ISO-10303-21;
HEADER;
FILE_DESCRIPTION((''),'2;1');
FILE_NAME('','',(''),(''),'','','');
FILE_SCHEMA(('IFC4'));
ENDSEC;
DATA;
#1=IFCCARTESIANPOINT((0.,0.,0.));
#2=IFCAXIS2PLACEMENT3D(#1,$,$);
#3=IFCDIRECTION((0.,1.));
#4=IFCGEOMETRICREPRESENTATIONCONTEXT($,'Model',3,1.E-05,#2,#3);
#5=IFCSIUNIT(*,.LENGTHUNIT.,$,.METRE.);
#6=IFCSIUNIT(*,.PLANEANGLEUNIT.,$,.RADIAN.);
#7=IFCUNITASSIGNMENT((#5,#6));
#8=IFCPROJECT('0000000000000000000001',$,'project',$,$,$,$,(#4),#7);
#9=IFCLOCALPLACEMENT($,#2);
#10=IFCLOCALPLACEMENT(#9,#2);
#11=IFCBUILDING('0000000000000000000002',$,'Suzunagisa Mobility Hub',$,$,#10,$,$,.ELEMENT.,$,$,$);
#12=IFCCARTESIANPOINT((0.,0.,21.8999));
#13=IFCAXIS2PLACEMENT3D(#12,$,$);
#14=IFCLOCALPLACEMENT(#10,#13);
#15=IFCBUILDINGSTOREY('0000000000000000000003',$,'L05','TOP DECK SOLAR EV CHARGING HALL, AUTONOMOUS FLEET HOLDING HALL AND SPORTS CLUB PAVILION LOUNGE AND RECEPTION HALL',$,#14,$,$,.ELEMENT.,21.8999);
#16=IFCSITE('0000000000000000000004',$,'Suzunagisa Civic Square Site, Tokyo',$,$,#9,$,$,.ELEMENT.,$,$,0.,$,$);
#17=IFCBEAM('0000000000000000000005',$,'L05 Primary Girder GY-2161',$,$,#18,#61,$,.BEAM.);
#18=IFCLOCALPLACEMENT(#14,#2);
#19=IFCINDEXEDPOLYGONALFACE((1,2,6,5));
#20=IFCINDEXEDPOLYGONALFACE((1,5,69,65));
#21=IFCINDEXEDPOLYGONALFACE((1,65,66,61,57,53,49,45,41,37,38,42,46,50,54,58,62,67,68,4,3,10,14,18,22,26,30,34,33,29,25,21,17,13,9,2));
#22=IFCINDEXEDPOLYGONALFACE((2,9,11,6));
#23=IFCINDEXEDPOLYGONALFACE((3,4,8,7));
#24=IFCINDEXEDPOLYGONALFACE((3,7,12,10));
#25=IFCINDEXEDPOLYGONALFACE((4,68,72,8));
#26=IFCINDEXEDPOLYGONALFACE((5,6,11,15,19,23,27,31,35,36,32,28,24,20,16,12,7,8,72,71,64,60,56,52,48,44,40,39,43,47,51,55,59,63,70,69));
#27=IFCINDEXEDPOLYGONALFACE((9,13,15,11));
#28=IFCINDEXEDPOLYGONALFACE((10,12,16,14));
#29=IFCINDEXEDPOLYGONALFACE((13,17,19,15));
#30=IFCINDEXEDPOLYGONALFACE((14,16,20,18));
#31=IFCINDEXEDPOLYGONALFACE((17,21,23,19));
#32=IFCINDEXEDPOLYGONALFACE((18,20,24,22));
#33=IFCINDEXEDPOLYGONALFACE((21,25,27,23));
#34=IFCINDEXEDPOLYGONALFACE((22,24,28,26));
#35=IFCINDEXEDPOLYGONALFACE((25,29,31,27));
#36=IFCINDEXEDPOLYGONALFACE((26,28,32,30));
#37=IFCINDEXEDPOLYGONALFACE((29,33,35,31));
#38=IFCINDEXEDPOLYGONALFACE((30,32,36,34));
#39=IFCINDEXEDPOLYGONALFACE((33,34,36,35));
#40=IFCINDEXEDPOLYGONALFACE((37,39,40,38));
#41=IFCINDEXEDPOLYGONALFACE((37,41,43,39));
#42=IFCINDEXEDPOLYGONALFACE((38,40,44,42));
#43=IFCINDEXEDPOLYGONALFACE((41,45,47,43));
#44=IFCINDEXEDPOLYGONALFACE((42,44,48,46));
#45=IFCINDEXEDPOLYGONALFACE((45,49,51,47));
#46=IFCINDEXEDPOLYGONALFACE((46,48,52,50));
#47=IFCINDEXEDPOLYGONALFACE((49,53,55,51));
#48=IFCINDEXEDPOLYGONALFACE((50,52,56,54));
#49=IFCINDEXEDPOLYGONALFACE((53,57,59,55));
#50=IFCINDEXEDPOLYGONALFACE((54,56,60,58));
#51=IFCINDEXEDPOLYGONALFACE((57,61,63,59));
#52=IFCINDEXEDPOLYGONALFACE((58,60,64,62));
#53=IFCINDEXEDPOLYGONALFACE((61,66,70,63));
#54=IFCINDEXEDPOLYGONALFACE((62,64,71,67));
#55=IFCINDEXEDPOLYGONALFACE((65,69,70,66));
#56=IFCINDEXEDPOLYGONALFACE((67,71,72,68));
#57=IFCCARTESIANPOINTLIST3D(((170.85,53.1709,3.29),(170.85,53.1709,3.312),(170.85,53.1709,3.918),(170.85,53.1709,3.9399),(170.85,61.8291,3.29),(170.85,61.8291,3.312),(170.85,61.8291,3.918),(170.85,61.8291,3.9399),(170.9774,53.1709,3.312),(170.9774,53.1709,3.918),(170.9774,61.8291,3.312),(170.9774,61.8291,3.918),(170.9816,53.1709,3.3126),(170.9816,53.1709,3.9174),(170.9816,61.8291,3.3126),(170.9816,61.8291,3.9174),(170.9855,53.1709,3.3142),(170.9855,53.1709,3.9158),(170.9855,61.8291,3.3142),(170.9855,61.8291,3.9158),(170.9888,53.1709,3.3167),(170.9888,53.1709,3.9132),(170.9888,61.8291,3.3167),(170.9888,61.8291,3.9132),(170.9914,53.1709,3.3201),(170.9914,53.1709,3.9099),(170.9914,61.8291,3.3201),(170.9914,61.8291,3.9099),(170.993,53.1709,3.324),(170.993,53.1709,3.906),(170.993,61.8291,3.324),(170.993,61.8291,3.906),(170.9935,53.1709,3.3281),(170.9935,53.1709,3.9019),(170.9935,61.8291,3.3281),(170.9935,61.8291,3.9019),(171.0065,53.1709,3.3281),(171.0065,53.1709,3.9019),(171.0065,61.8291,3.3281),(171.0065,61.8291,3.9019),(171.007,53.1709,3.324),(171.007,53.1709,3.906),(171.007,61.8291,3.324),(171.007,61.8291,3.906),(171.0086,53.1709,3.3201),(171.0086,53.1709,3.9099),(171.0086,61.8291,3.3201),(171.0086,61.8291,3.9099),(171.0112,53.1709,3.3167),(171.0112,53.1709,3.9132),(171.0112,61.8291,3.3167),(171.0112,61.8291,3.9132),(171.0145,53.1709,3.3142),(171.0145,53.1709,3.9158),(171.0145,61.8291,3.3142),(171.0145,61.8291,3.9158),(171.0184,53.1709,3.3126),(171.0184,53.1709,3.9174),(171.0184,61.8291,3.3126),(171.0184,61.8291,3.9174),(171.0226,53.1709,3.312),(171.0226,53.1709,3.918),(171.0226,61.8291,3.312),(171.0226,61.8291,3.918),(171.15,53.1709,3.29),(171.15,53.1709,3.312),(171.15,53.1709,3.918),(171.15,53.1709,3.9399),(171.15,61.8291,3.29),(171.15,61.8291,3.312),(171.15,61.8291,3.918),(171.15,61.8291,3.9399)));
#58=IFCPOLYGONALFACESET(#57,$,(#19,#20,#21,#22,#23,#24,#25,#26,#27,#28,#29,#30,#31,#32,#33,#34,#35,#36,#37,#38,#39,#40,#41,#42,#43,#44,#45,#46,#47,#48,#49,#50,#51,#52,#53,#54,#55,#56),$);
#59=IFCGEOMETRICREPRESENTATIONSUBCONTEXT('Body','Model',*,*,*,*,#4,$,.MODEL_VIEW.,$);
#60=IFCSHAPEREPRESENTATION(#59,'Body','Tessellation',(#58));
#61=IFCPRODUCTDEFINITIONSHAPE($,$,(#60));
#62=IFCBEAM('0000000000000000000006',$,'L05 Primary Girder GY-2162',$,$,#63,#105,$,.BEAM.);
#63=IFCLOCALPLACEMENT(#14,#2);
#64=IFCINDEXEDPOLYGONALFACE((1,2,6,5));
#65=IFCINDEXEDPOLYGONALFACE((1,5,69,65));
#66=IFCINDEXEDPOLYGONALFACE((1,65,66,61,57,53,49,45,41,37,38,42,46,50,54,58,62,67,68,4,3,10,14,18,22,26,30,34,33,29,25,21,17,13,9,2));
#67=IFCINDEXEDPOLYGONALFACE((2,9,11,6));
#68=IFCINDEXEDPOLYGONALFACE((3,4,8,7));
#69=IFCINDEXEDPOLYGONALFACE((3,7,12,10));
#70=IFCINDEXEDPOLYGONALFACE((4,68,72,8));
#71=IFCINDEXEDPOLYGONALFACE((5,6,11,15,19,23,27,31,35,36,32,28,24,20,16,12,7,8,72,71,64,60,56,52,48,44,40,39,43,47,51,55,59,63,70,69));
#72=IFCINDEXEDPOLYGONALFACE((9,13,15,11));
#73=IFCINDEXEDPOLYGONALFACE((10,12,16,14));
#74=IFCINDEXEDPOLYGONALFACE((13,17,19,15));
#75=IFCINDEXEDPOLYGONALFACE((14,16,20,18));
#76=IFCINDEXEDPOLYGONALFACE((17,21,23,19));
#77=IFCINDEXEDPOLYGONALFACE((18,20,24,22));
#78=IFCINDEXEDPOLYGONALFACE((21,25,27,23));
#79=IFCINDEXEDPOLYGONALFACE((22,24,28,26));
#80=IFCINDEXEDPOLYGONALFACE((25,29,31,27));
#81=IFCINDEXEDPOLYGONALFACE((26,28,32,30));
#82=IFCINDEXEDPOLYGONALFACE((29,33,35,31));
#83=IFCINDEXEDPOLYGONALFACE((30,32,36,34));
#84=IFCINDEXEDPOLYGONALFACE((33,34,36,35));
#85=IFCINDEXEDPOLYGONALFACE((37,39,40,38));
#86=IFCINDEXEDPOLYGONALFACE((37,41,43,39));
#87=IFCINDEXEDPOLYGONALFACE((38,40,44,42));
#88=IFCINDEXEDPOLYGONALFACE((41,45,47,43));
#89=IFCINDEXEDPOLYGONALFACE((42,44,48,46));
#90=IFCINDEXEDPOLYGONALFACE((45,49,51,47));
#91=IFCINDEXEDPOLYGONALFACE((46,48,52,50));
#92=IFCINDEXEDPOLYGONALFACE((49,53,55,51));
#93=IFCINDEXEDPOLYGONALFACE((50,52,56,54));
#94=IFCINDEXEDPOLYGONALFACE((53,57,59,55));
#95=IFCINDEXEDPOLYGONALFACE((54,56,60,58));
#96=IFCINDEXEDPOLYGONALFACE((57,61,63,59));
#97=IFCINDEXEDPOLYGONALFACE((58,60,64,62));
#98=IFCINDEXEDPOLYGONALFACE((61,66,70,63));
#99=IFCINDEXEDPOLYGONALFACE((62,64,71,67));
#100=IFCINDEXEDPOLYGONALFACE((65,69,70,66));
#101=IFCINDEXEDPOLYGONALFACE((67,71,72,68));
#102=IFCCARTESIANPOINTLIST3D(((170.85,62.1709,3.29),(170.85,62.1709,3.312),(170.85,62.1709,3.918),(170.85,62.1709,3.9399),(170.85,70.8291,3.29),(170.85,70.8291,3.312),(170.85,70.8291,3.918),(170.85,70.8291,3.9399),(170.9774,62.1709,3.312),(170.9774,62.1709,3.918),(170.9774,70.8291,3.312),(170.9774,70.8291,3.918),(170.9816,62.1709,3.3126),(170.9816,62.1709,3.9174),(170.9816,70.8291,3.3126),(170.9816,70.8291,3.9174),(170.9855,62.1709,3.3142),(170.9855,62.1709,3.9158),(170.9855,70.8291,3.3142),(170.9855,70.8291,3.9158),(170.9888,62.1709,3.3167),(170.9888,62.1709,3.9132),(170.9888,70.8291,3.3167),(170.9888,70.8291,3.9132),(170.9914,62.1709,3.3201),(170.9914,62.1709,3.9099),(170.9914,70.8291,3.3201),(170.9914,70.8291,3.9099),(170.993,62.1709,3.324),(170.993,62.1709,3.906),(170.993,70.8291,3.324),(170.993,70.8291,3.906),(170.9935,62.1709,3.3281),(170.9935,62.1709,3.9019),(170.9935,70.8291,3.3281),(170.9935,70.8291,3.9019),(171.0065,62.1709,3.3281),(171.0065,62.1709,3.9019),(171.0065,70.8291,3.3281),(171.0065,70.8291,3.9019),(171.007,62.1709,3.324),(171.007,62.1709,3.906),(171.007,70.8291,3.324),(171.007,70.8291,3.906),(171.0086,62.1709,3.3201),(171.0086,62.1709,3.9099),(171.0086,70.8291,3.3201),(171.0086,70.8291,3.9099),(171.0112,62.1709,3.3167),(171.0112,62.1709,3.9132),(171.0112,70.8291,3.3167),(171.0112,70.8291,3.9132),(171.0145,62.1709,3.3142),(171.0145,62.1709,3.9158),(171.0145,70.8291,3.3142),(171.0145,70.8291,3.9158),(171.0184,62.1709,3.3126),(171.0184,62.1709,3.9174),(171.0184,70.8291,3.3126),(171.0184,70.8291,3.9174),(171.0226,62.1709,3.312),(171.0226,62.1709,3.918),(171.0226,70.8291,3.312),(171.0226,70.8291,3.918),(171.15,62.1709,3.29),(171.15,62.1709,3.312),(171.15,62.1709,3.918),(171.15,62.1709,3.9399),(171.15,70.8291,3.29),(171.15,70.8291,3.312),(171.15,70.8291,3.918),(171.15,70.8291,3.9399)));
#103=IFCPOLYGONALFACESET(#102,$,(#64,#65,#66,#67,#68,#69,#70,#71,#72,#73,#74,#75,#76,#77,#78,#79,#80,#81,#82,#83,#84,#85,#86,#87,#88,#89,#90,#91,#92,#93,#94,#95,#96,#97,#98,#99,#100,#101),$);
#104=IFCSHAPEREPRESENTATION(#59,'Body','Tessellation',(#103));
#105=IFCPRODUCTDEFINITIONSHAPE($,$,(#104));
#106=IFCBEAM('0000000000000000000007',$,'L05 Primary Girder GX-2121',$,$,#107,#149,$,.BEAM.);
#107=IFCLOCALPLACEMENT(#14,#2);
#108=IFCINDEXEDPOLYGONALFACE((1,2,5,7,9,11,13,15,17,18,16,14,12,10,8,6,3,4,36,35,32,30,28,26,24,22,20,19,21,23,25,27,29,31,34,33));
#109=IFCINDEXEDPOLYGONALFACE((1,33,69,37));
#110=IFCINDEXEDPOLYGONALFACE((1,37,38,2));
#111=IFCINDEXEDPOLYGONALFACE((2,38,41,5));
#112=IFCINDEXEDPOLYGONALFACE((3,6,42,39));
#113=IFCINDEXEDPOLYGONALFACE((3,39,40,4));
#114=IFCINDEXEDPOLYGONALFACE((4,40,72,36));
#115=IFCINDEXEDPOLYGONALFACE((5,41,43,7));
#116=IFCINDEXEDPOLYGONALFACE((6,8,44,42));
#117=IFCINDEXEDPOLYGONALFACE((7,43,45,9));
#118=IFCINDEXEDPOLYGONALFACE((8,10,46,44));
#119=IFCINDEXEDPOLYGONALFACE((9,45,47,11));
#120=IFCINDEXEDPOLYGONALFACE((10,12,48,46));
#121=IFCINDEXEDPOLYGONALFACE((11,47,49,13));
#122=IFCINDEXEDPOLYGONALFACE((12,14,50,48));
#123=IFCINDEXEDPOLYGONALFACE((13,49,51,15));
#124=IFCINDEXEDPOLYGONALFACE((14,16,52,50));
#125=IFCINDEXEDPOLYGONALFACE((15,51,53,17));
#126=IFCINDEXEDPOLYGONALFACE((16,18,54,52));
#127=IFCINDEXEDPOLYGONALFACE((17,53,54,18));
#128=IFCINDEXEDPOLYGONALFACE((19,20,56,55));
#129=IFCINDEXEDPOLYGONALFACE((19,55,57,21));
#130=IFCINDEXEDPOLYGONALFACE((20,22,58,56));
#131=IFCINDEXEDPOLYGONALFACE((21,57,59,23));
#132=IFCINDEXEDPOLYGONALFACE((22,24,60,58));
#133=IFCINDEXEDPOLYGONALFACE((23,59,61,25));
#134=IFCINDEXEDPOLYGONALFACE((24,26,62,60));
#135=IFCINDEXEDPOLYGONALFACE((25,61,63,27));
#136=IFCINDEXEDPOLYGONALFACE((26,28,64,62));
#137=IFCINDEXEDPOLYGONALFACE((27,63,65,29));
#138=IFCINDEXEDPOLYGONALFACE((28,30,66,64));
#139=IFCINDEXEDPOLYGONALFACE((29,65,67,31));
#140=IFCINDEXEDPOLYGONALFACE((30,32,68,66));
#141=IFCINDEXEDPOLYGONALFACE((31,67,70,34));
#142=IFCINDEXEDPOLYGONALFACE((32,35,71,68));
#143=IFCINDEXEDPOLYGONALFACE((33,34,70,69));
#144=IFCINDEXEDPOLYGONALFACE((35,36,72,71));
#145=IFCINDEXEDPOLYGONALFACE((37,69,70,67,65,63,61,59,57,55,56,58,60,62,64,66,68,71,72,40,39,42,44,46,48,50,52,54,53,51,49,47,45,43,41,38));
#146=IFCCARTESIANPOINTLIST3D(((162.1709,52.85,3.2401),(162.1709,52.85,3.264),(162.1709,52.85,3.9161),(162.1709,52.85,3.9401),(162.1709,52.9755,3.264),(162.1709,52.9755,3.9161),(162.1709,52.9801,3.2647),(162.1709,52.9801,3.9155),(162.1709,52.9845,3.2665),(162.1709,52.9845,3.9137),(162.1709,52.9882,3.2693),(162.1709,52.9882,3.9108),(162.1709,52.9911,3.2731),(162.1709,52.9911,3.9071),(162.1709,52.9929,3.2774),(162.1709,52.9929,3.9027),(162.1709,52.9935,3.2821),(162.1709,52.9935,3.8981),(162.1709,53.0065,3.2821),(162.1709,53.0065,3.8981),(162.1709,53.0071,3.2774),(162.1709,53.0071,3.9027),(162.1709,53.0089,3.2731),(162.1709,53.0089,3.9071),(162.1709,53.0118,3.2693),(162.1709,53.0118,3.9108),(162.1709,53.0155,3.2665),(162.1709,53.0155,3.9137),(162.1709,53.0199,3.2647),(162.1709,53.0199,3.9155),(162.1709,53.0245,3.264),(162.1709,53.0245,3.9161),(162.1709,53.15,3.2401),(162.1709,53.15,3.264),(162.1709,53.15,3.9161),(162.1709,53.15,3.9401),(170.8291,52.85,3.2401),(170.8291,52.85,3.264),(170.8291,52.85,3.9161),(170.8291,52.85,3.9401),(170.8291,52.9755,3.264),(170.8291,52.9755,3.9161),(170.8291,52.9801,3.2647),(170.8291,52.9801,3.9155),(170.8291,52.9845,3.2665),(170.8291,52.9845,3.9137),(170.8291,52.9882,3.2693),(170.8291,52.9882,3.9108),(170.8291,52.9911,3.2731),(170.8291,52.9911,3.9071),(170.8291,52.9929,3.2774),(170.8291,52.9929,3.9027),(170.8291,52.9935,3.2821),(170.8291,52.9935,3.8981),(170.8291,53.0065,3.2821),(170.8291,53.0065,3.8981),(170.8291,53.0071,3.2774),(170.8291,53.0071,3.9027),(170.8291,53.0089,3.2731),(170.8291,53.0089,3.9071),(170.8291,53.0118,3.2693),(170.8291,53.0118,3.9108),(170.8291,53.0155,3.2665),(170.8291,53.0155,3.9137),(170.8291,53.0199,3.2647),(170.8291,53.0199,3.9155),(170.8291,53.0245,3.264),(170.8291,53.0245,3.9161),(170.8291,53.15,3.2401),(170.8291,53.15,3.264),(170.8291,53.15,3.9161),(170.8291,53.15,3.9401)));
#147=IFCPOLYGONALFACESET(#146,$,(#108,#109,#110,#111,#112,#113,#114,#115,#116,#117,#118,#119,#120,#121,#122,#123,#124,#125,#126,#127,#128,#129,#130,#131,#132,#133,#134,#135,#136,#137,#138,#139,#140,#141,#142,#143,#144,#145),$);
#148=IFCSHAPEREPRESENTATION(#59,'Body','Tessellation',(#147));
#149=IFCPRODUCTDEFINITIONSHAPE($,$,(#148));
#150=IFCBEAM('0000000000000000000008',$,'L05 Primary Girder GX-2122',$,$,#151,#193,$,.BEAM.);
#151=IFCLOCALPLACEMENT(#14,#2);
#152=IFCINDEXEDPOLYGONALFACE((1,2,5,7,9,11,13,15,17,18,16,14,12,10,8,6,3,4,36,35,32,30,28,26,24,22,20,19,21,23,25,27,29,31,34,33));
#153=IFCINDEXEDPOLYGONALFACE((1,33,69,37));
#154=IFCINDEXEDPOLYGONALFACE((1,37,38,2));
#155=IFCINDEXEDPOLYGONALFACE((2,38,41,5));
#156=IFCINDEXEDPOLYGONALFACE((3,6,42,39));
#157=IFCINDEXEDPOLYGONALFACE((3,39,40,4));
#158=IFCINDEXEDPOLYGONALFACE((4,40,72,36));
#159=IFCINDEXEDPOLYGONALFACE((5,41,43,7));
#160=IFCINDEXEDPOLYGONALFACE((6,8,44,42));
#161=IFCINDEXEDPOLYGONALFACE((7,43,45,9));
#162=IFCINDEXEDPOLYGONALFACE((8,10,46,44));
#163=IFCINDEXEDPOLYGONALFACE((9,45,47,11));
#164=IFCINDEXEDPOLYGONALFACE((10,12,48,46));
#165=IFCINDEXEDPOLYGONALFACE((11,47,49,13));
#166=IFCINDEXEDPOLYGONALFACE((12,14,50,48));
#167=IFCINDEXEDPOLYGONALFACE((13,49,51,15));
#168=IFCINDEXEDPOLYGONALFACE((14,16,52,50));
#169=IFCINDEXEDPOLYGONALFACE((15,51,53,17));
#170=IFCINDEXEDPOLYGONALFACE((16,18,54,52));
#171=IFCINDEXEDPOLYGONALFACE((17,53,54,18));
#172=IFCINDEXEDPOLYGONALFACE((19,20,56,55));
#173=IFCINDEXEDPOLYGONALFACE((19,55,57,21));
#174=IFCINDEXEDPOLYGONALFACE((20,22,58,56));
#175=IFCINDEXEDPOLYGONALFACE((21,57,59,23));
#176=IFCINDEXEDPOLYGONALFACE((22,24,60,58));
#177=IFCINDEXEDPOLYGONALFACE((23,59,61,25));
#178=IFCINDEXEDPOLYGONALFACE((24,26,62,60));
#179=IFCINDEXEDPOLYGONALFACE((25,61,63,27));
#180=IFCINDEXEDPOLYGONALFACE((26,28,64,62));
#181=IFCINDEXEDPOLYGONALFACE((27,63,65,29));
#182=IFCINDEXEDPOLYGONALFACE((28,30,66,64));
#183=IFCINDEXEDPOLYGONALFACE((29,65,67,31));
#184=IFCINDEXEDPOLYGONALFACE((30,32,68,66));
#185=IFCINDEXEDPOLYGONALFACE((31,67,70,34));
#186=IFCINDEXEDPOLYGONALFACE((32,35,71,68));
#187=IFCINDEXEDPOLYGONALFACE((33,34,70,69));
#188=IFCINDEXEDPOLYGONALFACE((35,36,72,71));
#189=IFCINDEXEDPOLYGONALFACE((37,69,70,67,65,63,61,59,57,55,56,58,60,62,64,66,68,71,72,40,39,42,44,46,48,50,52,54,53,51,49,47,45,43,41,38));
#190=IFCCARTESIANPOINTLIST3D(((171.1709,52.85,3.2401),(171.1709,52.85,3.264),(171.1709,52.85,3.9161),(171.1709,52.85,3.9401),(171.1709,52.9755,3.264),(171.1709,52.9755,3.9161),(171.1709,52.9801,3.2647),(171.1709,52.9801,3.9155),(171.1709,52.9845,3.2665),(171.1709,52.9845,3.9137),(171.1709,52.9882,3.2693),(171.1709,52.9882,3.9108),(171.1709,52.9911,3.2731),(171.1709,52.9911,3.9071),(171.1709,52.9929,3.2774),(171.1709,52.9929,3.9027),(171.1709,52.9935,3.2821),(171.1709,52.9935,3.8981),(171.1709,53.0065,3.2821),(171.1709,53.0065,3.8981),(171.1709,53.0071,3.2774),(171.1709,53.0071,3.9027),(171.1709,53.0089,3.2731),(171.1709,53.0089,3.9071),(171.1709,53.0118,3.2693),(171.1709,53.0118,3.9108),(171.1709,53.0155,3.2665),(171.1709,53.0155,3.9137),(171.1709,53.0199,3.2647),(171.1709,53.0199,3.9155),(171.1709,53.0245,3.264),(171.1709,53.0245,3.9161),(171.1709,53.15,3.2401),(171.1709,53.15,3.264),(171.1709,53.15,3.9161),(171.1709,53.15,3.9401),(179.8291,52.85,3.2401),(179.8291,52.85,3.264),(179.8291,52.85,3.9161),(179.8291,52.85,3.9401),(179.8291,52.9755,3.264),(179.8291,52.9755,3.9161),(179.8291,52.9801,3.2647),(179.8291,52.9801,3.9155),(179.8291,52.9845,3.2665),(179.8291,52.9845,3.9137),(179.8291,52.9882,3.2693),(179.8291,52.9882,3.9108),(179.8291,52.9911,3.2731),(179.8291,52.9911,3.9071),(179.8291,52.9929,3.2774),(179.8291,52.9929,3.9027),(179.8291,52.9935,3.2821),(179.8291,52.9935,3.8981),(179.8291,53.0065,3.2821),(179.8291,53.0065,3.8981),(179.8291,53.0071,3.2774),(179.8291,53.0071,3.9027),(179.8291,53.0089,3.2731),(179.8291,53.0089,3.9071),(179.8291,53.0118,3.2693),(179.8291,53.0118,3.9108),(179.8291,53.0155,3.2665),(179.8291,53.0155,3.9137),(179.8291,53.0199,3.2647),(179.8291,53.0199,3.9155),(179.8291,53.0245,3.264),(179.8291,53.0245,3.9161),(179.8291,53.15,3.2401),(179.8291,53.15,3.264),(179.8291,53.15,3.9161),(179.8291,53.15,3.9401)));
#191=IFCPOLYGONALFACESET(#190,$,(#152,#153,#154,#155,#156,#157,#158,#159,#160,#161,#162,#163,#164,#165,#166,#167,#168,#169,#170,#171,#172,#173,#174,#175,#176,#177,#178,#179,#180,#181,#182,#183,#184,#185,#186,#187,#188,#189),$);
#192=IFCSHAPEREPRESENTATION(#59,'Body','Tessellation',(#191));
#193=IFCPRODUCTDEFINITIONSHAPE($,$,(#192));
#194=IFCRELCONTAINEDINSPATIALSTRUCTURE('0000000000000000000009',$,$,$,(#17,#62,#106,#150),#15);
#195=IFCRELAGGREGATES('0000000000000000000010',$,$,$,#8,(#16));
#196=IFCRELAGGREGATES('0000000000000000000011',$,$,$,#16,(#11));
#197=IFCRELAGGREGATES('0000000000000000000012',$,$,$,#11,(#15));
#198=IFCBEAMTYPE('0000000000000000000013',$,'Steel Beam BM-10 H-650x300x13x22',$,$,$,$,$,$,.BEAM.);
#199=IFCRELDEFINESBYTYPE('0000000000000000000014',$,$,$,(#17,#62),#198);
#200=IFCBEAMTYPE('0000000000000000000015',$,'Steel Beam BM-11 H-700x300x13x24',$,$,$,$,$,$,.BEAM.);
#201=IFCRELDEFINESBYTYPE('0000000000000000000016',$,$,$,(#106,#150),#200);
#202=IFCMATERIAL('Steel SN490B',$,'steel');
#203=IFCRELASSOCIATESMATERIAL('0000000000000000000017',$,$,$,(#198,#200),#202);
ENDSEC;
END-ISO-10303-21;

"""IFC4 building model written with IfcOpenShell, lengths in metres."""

from ifc_helpers import new_model, si_unit, direction, frame, origin, origin_2d, place, context, subcontext, project, spatial, i_section, extrude, material, material_profile, profile_set, type_object, element, save


model = new_model("IFC4")

# Units and contexts
model_context = context("Model", 3, precision=1e-05, world=origin(), true_north=direction((0.0, 1.0)))
body_context = subcontext(model_context, "Body", "Model", "MODEL_VIEW")
ifc_project = project(units=[si_unit("LENGTHUNIT", "METRE"), si_unit("PLANEANGLEUNIT", "RADIAN")], contexts=[model_context])

# Site, building, storey
site_placement = place(None, origin())
site = spatial("IfcSite", under=ifc_project, at=site_placement, Name="Suzunagisa Civic Square Site, Tokyo", CompositionType="ELEMENT", RefElevation=0.0)
building_placement = place(site_placement, origin())
building = spatial("IfcBuilding", under=site, at=building_placement, Name="Suzunagisa Mobility Hub", CompositionType="ELEMENT")
storey_placement = place(building_placement, frame((0.0, 0.0, 21.8999)))
storey = spatial("IfcBuildingStorey", under=building, at=storey_placement, Name="L05", Description="TOP DECK SOLAR EV CHARGING HALL, AUTONOMOUS FLEET HOLDING HALL AND SPORTS CLUB PAVILION LOUNGE AND RECEPTION HALL", CompositionType="ELEMENT", Elevation=21.8999)

# Shared definitions
ifc_material_1 = material(Name="Steel SN490B", Category="steel")

# Beams
ifc_material_profile_1 = material_profile(ifc_material_1, i_section(OverallWidth=0.3, OverallDepth=0.6499, WebThickness=0.0129, FlangeThickness=0.022, FilletRadius=0.0161, at=origin_2d()), Name="H-650x300x13x22")
ifc_profile_set_1 = profile_set([ifc_material_profile_1], Name="Steel SN490B")
beam_type_1 = type_object("IfcBeamType", Name="Steel Beam BM-10 H-650x300x13x22", PredefinedType="BEAM", material=ifc_profile_set_1)
for number, where, z_axis, x_axis, name in (
    (1, (171.0, 53.1709, 3.615), (0.0, 1.0, 0.0), (-1.0, 0.0, 0.0), "L05 Primary Girder GY-2161"),
    (2, (171.0, 62.1709, 3.615), (0.0, 1.0, 0.0), (-1.0, 0.0, 0.0), "L05 Primary Girder GY-2162"),
):
    element("IfcBeam", number, at=place(storey_placement, frame(where, z_axis=z_axis, x_axis=x_axis)), inside=storey, type_object=beam_type_1, Name=name, PredefinedType="BEAM", context=body_context, shape_type="SweptSolid", body=[
        extrude(i_section(OverallWidth=0.3, OverallDepth=0.6499, WebThickness=0.0129, FlangeThickness=0.022, FilletRadius=0.0161, at=origin_2d()), origin(), (0.0, 0.0, 1.0), 8.6582),
    ])
ifc_material_profile_2 = material_profile(ifc_material_1, i_section(OverallWidth=0.3, OverallDepth=0.7, WebThickness=0.0129, FlangeThickness=0.0239, FilletRadius=0.0181, at=origin_2d()), Name="H-700x300x13x24")
ifc_profile_set_2 = profile_set([ifc_material_profile_2], Name="Steel SN490B")
beam_type_2 = type_object("IfcBeamType", Name="Steel Beam BM-11 H-700x300x13x24", PredefinedType="BEAM", material=ifc_profile_set_2)
for number, where, z_axis, x_axis, name in (
    (3, (162.1709, 53.0, 3.5901), (1.0, 0.0, 0.0), (0.0, 1.0, 0.0), "L05 Primary Girder GX-2121"),
    (4, (171.1709, 53.0, 3.5901), (1.0, 0.0, 0.0), (0.0, 1.0, 0.0), "L05 Primary Girder GX-2122"),
):
    element("IfcBeam", number, at=place(storey_placement, frame(where, z_axis=z_axis, x_axis=x_axis)), inside=storey, type_object=beam_type_2, Name=name, PredefinedType="BEAM", context=body_context, shape_type="SweptSolid", body=[
        extrude(i_section(OverallWidth=0.3, OverallDepth=0.7, WebThickness=0.0129, FlangeThickness=0.0239, FilletRadius=0.0181, at=origin_2d()), origin(), (0.0, 0.0, 1.0), 8.6582),
    ])

save(model, "model.ifc")
